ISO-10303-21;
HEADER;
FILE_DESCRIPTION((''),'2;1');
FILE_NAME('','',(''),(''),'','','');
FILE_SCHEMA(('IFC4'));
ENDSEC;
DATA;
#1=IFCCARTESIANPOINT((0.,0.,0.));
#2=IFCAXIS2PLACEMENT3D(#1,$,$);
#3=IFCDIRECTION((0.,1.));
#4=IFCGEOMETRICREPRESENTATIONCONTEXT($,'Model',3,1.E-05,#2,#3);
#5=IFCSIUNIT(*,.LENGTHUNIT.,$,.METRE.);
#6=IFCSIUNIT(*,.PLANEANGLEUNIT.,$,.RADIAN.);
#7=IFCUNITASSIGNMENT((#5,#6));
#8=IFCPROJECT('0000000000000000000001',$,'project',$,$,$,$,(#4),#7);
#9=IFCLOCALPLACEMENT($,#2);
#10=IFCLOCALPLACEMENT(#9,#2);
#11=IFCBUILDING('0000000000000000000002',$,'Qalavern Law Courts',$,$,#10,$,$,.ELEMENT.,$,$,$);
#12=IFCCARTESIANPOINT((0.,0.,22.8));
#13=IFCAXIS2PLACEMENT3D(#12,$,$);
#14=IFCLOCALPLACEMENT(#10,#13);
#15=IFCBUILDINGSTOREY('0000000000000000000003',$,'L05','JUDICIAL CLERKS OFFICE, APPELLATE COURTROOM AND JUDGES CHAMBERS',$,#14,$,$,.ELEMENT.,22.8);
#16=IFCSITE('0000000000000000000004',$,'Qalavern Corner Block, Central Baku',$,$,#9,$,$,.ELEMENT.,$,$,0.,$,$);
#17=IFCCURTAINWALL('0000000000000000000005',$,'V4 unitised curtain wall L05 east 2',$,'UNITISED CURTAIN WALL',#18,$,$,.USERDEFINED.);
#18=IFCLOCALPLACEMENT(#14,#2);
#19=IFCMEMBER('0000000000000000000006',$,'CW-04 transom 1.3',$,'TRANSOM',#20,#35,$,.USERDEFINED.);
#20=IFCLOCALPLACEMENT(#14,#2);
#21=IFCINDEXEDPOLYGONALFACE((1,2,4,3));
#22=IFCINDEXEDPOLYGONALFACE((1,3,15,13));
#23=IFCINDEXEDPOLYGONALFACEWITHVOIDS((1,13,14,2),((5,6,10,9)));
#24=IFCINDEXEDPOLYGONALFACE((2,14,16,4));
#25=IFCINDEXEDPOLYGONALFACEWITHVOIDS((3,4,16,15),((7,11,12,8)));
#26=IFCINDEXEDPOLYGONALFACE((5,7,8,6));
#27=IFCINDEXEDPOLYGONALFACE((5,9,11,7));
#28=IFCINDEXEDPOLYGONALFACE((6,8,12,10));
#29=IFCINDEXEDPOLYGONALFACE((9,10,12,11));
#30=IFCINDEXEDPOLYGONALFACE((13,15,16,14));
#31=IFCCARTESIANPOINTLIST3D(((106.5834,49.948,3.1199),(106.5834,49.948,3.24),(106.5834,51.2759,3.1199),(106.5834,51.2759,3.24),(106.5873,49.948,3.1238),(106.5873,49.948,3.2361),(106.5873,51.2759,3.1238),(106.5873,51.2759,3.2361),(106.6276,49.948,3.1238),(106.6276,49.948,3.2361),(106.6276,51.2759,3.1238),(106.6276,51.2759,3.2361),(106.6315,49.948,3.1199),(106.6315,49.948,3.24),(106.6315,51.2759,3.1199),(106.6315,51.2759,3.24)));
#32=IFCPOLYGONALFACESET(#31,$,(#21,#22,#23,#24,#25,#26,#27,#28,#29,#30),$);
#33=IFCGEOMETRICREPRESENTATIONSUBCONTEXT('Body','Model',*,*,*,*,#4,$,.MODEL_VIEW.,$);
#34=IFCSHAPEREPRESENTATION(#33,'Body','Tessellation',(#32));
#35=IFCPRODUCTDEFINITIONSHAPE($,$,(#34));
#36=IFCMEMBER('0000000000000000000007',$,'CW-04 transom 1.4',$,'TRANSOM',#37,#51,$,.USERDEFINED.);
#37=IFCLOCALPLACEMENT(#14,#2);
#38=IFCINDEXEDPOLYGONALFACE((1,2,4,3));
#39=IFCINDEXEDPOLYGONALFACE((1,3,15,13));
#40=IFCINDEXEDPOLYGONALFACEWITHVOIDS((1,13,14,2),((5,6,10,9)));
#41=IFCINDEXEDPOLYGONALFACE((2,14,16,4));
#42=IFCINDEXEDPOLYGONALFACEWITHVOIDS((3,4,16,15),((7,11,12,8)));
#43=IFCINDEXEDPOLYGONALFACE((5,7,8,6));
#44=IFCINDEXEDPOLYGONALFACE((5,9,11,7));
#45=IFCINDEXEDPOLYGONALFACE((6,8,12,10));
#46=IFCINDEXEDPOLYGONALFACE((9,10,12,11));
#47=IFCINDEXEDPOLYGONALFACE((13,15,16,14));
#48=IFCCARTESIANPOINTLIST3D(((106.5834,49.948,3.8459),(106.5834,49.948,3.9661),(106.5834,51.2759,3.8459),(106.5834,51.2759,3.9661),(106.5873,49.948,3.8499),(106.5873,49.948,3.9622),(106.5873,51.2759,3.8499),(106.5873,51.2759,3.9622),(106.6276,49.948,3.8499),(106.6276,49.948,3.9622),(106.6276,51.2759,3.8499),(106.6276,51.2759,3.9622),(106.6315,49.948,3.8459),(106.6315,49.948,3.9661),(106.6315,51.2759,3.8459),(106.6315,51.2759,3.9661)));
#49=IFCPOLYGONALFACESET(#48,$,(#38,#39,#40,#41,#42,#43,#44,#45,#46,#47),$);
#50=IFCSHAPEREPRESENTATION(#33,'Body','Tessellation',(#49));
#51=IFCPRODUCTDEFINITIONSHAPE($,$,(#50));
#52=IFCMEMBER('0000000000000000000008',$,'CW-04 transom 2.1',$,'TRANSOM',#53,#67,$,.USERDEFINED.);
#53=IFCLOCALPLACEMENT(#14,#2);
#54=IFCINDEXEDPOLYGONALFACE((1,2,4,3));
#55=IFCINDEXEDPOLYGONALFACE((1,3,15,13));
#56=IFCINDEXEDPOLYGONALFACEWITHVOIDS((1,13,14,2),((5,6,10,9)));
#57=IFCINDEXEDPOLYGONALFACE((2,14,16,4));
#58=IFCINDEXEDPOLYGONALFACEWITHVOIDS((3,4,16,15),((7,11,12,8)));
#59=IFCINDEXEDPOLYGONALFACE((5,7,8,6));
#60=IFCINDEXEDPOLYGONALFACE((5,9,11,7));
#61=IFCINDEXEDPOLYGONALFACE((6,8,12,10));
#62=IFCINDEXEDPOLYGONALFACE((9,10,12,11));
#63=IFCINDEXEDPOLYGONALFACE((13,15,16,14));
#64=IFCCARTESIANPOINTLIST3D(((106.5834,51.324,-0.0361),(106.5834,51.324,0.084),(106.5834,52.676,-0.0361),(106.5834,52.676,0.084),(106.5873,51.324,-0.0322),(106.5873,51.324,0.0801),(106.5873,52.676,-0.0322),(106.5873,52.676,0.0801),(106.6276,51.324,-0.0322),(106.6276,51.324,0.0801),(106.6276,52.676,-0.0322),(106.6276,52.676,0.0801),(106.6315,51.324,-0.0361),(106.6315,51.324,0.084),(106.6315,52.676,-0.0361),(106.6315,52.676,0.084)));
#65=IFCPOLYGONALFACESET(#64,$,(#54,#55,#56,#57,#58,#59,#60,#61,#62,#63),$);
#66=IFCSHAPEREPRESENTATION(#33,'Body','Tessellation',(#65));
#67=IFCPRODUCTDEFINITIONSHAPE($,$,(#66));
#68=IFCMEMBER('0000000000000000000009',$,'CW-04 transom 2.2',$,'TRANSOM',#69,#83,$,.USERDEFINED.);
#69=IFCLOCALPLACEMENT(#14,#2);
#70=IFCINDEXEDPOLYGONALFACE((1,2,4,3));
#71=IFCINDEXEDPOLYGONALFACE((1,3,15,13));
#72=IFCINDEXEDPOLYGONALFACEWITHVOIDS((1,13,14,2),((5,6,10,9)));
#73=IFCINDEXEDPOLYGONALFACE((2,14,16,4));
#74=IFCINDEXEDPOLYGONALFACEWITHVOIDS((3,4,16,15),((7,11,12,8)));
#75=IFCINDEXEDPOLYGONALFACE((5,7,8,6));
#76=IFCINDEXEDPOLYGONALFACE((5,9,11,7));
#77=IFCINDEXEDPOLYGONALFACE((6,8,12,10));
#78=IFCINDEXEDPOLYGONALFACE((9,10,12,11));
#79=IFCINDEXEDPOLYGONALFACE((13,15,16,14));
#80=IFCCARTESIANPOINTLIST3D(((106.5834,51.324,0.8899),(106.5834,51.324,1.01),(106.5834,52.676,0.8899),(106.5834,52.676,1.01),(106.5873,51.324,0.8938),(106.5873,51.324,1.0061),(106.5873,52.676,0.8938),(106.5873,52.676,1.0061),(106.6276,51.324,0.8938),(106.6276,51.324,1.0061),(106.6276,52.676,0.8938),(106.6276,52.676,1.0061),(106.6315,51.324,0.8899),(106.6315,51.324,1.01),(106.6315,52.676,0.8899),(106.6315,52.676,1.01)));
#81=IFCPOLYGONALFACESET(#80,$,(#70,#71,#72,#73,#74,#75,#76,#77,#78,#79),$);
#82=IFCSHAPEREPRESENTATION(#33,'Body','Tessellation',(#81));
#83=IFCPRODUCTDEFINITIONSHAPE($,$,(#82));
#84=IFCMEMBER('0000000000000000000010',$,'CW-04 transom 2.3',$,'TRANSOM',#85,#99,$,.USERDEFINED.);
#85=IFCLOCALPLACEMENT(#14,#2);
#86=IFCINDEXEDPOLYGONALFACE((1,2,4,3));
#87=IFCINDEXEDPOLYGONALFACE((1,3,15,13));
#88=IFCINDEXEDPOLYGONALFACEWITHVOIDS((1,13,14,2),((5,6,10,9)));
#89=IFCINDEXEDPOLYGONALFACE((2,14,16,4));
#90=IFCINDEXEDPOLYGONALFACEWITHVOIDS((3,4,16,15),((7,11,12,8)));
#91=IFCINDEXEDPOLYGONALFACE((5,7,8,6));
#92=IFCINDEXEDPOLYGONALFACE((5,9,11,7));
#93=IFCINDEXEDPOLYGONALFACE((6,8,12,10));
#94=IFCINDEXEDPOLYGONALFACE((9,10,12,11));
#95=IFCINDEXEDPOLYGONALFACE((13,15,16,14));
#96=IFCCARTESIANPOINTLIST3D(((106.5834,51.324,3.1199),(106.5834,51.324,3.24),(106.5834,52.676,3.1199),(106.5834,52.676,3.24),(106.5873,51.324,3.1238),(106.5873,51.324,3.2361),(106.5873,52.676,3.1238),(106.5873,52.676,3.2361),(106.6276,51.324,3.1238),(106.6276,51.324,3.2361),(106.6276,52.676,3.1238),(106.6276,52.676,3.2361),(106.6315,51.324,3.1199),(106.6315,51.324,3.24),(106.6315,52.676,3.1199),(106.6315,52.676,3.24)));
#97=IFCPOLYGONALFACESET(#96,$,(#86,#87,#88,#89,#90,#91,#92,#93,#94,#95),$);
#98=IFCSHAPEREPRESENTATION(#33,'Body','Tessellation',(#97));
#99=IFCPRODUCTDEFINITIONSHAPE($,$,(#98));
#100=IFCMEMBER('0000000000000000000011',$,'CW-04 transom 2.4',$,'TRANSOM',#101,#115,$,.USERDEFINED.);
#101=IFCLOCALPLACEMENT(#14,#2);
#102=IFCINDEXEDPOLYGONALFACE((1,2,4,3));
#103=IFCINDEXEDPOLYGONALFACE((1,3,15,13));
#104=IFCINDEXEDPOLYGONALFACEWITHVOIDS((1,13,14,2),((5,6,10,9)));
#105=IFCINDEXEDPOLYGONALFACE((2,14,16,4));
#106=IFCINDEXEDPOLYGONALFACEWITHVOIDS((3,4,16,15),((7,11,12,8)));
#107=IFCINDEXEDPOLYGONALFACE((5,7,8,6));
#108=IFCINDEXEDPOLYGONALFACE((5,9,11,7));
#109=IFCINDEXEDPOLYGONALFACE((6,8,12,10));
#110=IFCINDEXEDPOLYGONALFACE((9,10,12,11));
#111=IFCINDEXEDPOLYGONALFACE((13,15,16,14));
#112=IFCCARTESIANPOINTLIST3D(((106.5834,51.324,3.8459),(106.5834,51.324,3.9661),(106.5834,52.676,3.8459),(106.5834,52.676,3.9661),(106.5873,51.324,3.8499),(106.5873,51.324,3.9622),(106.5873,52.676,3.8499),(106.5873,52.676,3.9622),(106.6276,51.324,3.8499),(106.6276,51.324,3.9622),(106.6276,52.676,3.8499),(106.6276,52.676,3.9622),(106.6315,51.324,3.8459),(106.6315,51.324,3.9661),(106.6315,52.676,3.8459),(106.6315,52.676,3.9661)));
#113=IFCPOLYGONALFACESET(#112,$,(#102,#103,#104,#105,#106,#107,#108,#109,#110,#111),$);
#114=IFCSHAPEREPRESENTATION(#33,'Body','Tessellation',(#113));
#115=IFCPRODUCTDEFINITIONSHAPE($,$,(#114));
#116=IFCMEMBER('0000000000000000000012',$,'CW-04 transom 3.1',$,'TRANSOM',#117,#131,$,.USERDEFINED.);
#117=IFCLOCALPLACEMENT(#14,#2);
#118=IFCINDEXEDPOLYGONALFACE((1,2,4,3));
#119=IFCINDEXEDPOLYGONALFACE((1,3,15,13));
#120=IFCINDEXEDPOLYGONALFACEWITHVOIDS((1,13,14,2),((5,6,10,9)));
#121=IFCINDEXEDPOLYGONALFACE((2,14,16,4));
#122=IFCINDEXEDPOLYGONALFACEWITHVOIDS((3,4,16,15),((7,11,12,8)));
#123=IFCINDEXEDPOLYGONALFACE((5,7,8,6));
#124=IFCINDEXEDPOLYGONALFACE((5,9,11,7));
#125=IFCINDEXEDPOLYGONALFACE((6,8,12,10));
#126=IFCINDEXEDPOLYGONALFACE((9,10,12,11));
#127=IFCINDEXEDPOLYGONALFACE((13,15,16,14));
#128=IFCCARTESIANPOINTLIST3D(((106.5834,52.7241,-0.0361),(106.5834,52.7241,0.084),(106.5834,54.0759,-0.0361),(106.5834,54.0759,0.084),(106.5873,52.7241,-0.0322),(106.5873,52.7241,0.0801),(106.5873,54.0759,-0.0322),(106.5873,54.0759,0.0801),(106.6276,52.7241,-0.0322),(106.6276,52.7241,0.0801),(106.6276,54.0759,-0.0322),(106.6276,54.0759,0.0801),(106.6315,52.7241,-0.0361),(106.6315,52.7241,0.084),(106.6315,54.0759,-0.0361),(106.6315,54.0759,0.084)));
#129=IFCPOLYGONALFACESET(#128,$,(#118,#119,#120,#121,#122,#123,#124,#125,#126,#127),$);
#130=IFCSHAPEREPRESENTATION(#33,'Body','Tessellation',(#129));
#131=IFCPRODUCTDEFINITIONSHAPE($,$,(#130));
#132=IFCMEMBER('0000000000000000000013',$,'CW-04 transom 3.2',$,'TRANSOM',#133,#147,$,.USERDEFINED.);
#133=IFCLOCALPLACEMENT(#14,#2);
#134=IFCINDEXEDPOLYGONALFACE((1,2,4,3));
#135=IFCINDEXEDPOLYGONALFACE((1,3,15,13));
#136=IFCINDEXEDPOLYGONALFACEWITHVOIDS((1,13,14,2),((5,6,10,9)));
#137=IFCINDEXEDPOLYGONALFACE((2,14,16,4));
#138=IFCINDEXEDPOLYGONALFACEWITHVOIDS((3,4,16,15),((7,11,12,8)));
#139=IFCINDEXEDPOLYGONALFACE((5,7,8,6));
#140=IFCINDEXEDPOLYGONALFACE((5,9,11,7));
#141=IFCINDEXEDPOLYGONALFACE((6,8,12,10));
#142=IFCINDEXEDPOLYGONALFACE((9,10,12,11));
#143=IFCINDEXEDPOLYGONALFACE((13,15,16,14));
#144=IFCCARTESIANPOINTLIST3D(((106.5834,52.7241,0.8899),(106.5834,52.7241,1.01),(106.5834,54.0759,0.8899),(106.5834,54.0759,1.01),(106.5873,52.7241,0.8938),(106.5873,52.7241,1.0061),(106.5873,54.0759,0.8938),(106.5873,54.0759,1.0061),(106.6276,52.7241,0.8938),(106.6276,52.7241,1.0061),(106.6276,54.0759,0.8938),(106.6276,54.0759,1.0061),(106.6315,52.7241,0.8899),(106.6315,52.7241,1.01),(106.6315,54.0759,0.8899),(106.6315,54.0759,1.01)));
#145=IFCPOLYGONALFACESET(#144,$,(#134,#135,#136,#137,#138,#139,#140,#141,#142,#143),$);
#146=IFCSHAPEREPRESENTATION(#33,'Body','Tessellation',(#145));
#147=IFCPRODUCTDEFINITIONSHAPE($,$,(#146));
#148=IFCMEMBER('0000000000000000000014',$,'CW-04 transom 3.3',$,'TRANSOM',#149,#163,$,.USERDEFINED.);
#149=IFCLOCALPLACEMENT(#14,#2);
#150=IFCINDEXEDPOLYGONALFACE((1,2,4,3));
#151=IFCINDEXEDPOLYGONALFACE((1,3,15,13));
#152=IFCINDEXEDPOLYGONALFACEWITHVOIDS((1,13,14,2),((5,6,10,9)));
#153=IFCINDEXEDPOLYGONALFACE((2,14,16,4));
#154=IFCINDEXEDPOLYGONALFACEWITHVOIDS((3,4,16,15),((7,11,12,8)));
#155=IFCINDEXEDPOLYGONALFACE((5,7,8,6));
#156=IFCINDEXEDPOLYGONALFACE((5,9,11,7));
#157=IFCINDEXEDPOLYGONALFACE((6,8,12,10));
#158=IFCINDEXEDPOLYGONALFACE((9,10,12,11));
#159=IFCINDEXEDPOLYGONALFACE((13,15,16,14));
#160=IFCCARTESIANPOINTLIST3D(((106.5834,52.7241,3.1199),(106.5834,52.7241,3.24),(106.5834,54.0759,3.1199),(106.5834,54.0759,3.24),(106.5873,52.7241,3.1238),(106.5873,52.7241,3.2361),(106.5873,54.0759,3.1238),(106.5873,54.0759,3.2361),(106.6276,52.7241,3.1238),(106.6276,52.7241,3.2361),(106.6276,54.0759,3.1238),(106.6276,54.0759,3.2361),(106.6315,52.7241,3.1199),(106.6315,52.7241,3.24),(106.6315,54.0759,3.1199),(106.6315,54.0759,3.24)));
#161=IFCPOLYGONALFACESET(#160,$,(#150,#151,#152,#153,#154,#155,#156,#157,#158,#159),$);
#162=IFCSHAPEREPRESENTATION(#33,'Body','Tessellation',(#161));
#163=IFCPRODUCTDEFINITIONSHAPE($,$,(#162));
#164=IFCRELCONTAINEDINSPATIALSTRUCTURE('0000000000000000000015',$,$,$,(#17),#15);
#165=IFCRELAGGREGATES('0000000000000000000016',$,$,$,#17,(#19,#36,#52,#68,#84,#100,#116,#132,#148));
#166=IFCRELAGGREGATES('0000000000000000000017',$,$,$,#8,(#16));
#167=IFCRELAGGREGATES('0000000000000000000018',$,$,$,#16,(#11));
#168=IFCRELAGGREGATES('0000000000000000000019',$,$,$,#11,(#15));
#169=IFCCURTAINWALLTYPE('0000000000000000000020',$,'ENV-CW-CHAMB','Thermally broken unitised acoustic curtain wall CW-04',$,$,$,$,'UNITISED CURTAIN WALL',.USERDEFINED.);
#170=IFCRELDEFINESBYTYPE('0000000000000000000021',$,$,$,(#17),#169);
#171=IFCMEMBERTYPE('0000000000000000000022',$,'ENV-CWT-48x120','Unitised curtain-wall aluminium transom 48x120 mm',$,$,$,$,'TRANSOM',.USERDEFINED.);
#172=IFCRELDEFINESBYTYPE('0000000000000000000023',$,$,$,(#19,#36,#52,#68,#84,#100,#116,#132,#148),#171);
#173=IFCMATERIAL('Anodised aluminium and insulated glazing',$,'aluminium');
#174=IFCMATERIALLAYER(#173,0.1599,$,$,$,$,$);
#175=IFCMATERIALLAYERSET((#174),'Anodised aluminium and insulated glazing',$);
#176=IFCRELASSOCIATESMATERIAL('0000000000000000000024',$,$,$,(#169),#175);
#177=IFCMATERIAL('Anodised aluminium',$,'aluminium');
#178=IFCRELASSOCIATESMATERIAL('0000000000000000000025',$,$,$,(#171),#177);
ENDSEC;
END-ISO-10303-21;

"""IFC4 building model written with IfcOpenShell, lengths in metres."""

from ifc_helpers import new_model, si_unit, direction, frame, origin, origin_2d, place, context, subcontext, project, spatial, hollow_rectangle, extrude, material, layer, layer_set, material_profile, profile_set, type_object, element, aggregate, save


model = new_model("IFC4")

# Units and contexts
model_context = context("Model", 3, precision=1e-05, world=origin(), true_north=direction((0.0, 1.0)))
body_context = subcontext(model_context, "Body", "Model", "MODEL_VIEW")
ifc_project = project(units=[si_unit("LENGTHUNIT", "METRE"), si_unit("PLANEANGLEUNIT", "RADIAN")], contexts=[model_context])

# Site, building, storey
site_placement = place(None, origin())
site = spatial("IfcSite", under=ifc_project, at=site_placement, Name="Qalavern Corner Block, Central Baku", CompositionType="ELEMENT", RefElevation=0.0)
building_placement = place(site_placement, origin())
building = spatial("IfcBuilding", under=site, at=building_placement, Name="Qalavern Law Courts", CompositionType="ELEMENT")
storey_placement = place(building_placement, frame((0.0, 0.0, 22.8)))
storey = spatial("IfcBuildingStorey", under=building, at=storey_placement, Name="L05", Description="JUDICIAL CLERKS OFFICE, APPELLATE COURTROOM AND JUDGES CHAMBERS", CompositionType="ELEMENT", Elevation=22.8)

# Shared definitions
ifc_material_1 = material(Name="Anodised aluminium and insulated glazing", Category="aluminium")
ifc_layer_1 = layer(ifc_material_1, 0.1599)
ifc_layer_set_1 = layer_set([ifc_layer_1], Name="Anodised aluminium and insulated glazing")
curtain_wall_type = type_object("IfcCurtainWallType", Name="ENV-CW-CHAMB", Description="Thermally broken unitised acoustic curtain wall CW-04", ElementType="UNITISED CURTAIN WALL", PredefinedType="USERDEFINED", material=ifc_layer_set_1)
ifc_material_2 = material(Name="Anodised aluminium", Category="aluminium")

# Curtain wall
curtain_wall_1_placement = place(storey_placement, origin())
curtain_wall_1 = element("IfcCurtainWall", 1, at=curtain_wall_1_placement, inside=storey, type_object=curtain_wall_type, Name="V4 unitised curtain wall L05 east 2", ObjectType="UNITISED CURTAIN WALL", PredefinedType="USERDEFINED")

# Members
ifc_material_profile_1 = material_profile(ifc_material_2, hollow_rectangle(XDim=0.0481, YDim=0.1201, WallThickness=0.0039, at=origin_2d()), Name="ALU TRANSOM 48x120")
ifc_profile_set_1 = profile_set([ifc_material_profile_1], Name="Anodised aluminium")
member_type_1 = type_object("IfcMemberType", Name="ENV-CWT-48x120", Description="Unitised curtain-wall aluminium transom 48x120 mm", ElementType="TRANSOM", PredefinedType="USERDEFINED", material=ifc_profile_set_1)
member_1_placement = place(storey_placement, frame((106.6074, 49.948, 3.1799), z_axis=(0.0, 1.0, 0.0), x_axis=(-1.0, 0.0, 0.0)))
member_1 = element("IfcMember", 2, at=member_1_placement, type_object=member_type_1, Name="CW-04 transom 1.3", ObjectType="TRANSOM", PredefinedType="USERDEFINED", context=body_context, shape_type="SweptSolid", body=[
    extrude(hollow_rectangle(XDim=0.0481, YDim=0.1201, WallThickness=0.0039, at=origin_2d()), origin(), (0.0, 0.0, 1.0), 1.3279),
])
member_2_placement = place(storey_placement, frame((106.6074, 49.948, 3.906), z_axis=(0.0, 1.0, 0.0), x_axis=(-1.0, 0.0, 0.0)))
member_2 = element("IfcMember", 3, at=member_2_placement, type_object=member_type_1, Name="CW-04 transom 1.4", ObjectType="TRANSOM", PredefinedType="USERDEFINED", context=body_context, shape_type="SweptSolid", body=[
    extrude(hollow_rectangle(XDim=0.0481, YDim=0.1201, WallThickness=0.0039, at=origin_2d()), origin(), (0.0, 0.0, 1.0), 1.3279),
])
member_3_placement = place(storey_placement, frame((106.6074, 51.324, 0.0239), z_axis=(0.0, 1.0, 0.0), x_axis=(-1.0, 0.0, 0.0)))
member_3 = element("IfcMember", 4, at=member_3_placement, type_object=member_type_1, Name="CW-04 transom 2.1", ObjectType="TRANSOM", PredefinedType="USERDEFINED", context=body_context, shape_type="SweptSolid", body=[
    extrude(hollow_rectangle(XDim=0.0481, YDim=0.1201, WallThickness=0.0039, at=origin_2d()), origin(), (0.0, 0.0, 1.0), 1.3521),
])
member_4_placement = place(storey_placement, frame((106.6074, 51.324, 0.95), z_axis=(0.0, 1.0, 0.0), x_axis=(-1.0, 0.0, 0.0)))
member_4 = element("IfcMember", 5, at=member_4_placement, type_object=member_type_1, Name="CW-04 transom 2.2", ObjectType="TRANSOM", PredefinedType="USERDEFINED", context=body_context, shape_type="SweptSolid", body=[
    extrude(hollow_rectangle(XDim=0.0481, YDim=0.1201, WallThickness=0.0039, at=origin_2d()), origin(), (0.0, 0.0, 1.0), 1.3521),
])
member_5_placement = place(storey_placement, frame((106.6074, 51.324, 3.1799), z_axis=(0.0, 1.0, 0.0), x_axis=(-1.0, 0.0, 0.0)))
member_5 = element("IfcMember", 6, at=member_5_placement, type_object=member_type_1, Name="CW-04 transom 2.3", ObjectType="TRANSOM", PredefinedType="USERDEFINED", context=body_context, shape_type="SweptSolid", body=[
    extrude(hollow_rectangle(XDim=0.0481, YDim=0.1201, WallThickness=0.0039, at=origin_2d()), origin(), (0.0, 0.0, 1.0), 1.3521),
])
member_6_placement = place(storey_placement, frame((106.6074, 51.324, 3.906), z_axis=(0.0, 1.0, 0.0), x_axis=(-1.0, 0.0, 0.0)))
member_6 = element("IfcMember", 7, at=member_6_placement, type_object=member_type_1, Name="CW-04 transom 2.4", ObjectType="TRANSOM", PredefinedType="USERDEFINED", context=body_context, shape_type="SweptSolid", body=[
    extrude(hollow_rectangle(XDim=0.0481, YDim=0.1201, WallThickness=0.0039, at=origin_2d()), origin(), (0.0, 0.0, 1.0), 1.3521),
])
member_7_placement = place(storey_placement, frame((106.6074, 52.7241, 0.0239), z_axis=(0.0, 1.0, 0.0), x_axis=(-1.0, 0.0, 0.0)))
member_7 = element("IfcMember", 8, at=member_7_placement, type_object=member_type_1, Name="CW-04 transom 3.1", ObjectType="TRANSOM", PredefinedType="USERDEFINED", context=body_context, shape_type="SweptSolid", body=[
    extrude(hollow_rectangle(XDim=0.0481, YDim=0.1201, WallThickness=0.0039, at=origin_2d()), origin(), (0.0, 0.0, 1.0), 1.3518),
])
member_8_placement = place(storey_placement, frame((106.6074, 52.7241, 0.95), z_axis=(0.0, 1.0, 0.0), x_axis=(-1.0, 0.0, 0.0)))
member_8 = element("IfcMember", 9, at=member_8_placement, type_object=member_type_1, Name="CW-04 transom 3.2", ObjectType="TRANSOM", PredefinedType="USERDEFINED", context=body_context, shape_type="SweptSolid", body=[
    extrude(hollow_rectangle(XDim=0.0481, YDim=0.1201, WallThickness=0.0039, at=origin_2d()), origin(), (0.0, 0.0, 1.0), 1.3518),
])
member_9_placement = place(storey_placement, frame((106.6074, 52.7241, 3.1799), z_axis=(0.0, 1.0, 0.0), x_axis=(-1.0, 0.0, 0.0)))
member_9 = element("IfcMember", 10, at=member_9_placement, type_object=member_type_1, Name="CW-04 transom 3.3", ObjectType="TRANSOM", PredefinedType="USERDEFINED", context=body_context, shape_type="SweptSolid", body=[
    extrude(hollow_rectangle(XDim=0.0481, YDim=0.1201, WallThickness=0.0039, at=origin_2d()), origin(), (0.0, 0.0, 1.0), 1.3518),
])

aggregate(curtain_wall_1, [member_1, member_2, member_3, member_4, member_5, member_6, member_7, member_8, member_9])

save(model, "model.ifc")
